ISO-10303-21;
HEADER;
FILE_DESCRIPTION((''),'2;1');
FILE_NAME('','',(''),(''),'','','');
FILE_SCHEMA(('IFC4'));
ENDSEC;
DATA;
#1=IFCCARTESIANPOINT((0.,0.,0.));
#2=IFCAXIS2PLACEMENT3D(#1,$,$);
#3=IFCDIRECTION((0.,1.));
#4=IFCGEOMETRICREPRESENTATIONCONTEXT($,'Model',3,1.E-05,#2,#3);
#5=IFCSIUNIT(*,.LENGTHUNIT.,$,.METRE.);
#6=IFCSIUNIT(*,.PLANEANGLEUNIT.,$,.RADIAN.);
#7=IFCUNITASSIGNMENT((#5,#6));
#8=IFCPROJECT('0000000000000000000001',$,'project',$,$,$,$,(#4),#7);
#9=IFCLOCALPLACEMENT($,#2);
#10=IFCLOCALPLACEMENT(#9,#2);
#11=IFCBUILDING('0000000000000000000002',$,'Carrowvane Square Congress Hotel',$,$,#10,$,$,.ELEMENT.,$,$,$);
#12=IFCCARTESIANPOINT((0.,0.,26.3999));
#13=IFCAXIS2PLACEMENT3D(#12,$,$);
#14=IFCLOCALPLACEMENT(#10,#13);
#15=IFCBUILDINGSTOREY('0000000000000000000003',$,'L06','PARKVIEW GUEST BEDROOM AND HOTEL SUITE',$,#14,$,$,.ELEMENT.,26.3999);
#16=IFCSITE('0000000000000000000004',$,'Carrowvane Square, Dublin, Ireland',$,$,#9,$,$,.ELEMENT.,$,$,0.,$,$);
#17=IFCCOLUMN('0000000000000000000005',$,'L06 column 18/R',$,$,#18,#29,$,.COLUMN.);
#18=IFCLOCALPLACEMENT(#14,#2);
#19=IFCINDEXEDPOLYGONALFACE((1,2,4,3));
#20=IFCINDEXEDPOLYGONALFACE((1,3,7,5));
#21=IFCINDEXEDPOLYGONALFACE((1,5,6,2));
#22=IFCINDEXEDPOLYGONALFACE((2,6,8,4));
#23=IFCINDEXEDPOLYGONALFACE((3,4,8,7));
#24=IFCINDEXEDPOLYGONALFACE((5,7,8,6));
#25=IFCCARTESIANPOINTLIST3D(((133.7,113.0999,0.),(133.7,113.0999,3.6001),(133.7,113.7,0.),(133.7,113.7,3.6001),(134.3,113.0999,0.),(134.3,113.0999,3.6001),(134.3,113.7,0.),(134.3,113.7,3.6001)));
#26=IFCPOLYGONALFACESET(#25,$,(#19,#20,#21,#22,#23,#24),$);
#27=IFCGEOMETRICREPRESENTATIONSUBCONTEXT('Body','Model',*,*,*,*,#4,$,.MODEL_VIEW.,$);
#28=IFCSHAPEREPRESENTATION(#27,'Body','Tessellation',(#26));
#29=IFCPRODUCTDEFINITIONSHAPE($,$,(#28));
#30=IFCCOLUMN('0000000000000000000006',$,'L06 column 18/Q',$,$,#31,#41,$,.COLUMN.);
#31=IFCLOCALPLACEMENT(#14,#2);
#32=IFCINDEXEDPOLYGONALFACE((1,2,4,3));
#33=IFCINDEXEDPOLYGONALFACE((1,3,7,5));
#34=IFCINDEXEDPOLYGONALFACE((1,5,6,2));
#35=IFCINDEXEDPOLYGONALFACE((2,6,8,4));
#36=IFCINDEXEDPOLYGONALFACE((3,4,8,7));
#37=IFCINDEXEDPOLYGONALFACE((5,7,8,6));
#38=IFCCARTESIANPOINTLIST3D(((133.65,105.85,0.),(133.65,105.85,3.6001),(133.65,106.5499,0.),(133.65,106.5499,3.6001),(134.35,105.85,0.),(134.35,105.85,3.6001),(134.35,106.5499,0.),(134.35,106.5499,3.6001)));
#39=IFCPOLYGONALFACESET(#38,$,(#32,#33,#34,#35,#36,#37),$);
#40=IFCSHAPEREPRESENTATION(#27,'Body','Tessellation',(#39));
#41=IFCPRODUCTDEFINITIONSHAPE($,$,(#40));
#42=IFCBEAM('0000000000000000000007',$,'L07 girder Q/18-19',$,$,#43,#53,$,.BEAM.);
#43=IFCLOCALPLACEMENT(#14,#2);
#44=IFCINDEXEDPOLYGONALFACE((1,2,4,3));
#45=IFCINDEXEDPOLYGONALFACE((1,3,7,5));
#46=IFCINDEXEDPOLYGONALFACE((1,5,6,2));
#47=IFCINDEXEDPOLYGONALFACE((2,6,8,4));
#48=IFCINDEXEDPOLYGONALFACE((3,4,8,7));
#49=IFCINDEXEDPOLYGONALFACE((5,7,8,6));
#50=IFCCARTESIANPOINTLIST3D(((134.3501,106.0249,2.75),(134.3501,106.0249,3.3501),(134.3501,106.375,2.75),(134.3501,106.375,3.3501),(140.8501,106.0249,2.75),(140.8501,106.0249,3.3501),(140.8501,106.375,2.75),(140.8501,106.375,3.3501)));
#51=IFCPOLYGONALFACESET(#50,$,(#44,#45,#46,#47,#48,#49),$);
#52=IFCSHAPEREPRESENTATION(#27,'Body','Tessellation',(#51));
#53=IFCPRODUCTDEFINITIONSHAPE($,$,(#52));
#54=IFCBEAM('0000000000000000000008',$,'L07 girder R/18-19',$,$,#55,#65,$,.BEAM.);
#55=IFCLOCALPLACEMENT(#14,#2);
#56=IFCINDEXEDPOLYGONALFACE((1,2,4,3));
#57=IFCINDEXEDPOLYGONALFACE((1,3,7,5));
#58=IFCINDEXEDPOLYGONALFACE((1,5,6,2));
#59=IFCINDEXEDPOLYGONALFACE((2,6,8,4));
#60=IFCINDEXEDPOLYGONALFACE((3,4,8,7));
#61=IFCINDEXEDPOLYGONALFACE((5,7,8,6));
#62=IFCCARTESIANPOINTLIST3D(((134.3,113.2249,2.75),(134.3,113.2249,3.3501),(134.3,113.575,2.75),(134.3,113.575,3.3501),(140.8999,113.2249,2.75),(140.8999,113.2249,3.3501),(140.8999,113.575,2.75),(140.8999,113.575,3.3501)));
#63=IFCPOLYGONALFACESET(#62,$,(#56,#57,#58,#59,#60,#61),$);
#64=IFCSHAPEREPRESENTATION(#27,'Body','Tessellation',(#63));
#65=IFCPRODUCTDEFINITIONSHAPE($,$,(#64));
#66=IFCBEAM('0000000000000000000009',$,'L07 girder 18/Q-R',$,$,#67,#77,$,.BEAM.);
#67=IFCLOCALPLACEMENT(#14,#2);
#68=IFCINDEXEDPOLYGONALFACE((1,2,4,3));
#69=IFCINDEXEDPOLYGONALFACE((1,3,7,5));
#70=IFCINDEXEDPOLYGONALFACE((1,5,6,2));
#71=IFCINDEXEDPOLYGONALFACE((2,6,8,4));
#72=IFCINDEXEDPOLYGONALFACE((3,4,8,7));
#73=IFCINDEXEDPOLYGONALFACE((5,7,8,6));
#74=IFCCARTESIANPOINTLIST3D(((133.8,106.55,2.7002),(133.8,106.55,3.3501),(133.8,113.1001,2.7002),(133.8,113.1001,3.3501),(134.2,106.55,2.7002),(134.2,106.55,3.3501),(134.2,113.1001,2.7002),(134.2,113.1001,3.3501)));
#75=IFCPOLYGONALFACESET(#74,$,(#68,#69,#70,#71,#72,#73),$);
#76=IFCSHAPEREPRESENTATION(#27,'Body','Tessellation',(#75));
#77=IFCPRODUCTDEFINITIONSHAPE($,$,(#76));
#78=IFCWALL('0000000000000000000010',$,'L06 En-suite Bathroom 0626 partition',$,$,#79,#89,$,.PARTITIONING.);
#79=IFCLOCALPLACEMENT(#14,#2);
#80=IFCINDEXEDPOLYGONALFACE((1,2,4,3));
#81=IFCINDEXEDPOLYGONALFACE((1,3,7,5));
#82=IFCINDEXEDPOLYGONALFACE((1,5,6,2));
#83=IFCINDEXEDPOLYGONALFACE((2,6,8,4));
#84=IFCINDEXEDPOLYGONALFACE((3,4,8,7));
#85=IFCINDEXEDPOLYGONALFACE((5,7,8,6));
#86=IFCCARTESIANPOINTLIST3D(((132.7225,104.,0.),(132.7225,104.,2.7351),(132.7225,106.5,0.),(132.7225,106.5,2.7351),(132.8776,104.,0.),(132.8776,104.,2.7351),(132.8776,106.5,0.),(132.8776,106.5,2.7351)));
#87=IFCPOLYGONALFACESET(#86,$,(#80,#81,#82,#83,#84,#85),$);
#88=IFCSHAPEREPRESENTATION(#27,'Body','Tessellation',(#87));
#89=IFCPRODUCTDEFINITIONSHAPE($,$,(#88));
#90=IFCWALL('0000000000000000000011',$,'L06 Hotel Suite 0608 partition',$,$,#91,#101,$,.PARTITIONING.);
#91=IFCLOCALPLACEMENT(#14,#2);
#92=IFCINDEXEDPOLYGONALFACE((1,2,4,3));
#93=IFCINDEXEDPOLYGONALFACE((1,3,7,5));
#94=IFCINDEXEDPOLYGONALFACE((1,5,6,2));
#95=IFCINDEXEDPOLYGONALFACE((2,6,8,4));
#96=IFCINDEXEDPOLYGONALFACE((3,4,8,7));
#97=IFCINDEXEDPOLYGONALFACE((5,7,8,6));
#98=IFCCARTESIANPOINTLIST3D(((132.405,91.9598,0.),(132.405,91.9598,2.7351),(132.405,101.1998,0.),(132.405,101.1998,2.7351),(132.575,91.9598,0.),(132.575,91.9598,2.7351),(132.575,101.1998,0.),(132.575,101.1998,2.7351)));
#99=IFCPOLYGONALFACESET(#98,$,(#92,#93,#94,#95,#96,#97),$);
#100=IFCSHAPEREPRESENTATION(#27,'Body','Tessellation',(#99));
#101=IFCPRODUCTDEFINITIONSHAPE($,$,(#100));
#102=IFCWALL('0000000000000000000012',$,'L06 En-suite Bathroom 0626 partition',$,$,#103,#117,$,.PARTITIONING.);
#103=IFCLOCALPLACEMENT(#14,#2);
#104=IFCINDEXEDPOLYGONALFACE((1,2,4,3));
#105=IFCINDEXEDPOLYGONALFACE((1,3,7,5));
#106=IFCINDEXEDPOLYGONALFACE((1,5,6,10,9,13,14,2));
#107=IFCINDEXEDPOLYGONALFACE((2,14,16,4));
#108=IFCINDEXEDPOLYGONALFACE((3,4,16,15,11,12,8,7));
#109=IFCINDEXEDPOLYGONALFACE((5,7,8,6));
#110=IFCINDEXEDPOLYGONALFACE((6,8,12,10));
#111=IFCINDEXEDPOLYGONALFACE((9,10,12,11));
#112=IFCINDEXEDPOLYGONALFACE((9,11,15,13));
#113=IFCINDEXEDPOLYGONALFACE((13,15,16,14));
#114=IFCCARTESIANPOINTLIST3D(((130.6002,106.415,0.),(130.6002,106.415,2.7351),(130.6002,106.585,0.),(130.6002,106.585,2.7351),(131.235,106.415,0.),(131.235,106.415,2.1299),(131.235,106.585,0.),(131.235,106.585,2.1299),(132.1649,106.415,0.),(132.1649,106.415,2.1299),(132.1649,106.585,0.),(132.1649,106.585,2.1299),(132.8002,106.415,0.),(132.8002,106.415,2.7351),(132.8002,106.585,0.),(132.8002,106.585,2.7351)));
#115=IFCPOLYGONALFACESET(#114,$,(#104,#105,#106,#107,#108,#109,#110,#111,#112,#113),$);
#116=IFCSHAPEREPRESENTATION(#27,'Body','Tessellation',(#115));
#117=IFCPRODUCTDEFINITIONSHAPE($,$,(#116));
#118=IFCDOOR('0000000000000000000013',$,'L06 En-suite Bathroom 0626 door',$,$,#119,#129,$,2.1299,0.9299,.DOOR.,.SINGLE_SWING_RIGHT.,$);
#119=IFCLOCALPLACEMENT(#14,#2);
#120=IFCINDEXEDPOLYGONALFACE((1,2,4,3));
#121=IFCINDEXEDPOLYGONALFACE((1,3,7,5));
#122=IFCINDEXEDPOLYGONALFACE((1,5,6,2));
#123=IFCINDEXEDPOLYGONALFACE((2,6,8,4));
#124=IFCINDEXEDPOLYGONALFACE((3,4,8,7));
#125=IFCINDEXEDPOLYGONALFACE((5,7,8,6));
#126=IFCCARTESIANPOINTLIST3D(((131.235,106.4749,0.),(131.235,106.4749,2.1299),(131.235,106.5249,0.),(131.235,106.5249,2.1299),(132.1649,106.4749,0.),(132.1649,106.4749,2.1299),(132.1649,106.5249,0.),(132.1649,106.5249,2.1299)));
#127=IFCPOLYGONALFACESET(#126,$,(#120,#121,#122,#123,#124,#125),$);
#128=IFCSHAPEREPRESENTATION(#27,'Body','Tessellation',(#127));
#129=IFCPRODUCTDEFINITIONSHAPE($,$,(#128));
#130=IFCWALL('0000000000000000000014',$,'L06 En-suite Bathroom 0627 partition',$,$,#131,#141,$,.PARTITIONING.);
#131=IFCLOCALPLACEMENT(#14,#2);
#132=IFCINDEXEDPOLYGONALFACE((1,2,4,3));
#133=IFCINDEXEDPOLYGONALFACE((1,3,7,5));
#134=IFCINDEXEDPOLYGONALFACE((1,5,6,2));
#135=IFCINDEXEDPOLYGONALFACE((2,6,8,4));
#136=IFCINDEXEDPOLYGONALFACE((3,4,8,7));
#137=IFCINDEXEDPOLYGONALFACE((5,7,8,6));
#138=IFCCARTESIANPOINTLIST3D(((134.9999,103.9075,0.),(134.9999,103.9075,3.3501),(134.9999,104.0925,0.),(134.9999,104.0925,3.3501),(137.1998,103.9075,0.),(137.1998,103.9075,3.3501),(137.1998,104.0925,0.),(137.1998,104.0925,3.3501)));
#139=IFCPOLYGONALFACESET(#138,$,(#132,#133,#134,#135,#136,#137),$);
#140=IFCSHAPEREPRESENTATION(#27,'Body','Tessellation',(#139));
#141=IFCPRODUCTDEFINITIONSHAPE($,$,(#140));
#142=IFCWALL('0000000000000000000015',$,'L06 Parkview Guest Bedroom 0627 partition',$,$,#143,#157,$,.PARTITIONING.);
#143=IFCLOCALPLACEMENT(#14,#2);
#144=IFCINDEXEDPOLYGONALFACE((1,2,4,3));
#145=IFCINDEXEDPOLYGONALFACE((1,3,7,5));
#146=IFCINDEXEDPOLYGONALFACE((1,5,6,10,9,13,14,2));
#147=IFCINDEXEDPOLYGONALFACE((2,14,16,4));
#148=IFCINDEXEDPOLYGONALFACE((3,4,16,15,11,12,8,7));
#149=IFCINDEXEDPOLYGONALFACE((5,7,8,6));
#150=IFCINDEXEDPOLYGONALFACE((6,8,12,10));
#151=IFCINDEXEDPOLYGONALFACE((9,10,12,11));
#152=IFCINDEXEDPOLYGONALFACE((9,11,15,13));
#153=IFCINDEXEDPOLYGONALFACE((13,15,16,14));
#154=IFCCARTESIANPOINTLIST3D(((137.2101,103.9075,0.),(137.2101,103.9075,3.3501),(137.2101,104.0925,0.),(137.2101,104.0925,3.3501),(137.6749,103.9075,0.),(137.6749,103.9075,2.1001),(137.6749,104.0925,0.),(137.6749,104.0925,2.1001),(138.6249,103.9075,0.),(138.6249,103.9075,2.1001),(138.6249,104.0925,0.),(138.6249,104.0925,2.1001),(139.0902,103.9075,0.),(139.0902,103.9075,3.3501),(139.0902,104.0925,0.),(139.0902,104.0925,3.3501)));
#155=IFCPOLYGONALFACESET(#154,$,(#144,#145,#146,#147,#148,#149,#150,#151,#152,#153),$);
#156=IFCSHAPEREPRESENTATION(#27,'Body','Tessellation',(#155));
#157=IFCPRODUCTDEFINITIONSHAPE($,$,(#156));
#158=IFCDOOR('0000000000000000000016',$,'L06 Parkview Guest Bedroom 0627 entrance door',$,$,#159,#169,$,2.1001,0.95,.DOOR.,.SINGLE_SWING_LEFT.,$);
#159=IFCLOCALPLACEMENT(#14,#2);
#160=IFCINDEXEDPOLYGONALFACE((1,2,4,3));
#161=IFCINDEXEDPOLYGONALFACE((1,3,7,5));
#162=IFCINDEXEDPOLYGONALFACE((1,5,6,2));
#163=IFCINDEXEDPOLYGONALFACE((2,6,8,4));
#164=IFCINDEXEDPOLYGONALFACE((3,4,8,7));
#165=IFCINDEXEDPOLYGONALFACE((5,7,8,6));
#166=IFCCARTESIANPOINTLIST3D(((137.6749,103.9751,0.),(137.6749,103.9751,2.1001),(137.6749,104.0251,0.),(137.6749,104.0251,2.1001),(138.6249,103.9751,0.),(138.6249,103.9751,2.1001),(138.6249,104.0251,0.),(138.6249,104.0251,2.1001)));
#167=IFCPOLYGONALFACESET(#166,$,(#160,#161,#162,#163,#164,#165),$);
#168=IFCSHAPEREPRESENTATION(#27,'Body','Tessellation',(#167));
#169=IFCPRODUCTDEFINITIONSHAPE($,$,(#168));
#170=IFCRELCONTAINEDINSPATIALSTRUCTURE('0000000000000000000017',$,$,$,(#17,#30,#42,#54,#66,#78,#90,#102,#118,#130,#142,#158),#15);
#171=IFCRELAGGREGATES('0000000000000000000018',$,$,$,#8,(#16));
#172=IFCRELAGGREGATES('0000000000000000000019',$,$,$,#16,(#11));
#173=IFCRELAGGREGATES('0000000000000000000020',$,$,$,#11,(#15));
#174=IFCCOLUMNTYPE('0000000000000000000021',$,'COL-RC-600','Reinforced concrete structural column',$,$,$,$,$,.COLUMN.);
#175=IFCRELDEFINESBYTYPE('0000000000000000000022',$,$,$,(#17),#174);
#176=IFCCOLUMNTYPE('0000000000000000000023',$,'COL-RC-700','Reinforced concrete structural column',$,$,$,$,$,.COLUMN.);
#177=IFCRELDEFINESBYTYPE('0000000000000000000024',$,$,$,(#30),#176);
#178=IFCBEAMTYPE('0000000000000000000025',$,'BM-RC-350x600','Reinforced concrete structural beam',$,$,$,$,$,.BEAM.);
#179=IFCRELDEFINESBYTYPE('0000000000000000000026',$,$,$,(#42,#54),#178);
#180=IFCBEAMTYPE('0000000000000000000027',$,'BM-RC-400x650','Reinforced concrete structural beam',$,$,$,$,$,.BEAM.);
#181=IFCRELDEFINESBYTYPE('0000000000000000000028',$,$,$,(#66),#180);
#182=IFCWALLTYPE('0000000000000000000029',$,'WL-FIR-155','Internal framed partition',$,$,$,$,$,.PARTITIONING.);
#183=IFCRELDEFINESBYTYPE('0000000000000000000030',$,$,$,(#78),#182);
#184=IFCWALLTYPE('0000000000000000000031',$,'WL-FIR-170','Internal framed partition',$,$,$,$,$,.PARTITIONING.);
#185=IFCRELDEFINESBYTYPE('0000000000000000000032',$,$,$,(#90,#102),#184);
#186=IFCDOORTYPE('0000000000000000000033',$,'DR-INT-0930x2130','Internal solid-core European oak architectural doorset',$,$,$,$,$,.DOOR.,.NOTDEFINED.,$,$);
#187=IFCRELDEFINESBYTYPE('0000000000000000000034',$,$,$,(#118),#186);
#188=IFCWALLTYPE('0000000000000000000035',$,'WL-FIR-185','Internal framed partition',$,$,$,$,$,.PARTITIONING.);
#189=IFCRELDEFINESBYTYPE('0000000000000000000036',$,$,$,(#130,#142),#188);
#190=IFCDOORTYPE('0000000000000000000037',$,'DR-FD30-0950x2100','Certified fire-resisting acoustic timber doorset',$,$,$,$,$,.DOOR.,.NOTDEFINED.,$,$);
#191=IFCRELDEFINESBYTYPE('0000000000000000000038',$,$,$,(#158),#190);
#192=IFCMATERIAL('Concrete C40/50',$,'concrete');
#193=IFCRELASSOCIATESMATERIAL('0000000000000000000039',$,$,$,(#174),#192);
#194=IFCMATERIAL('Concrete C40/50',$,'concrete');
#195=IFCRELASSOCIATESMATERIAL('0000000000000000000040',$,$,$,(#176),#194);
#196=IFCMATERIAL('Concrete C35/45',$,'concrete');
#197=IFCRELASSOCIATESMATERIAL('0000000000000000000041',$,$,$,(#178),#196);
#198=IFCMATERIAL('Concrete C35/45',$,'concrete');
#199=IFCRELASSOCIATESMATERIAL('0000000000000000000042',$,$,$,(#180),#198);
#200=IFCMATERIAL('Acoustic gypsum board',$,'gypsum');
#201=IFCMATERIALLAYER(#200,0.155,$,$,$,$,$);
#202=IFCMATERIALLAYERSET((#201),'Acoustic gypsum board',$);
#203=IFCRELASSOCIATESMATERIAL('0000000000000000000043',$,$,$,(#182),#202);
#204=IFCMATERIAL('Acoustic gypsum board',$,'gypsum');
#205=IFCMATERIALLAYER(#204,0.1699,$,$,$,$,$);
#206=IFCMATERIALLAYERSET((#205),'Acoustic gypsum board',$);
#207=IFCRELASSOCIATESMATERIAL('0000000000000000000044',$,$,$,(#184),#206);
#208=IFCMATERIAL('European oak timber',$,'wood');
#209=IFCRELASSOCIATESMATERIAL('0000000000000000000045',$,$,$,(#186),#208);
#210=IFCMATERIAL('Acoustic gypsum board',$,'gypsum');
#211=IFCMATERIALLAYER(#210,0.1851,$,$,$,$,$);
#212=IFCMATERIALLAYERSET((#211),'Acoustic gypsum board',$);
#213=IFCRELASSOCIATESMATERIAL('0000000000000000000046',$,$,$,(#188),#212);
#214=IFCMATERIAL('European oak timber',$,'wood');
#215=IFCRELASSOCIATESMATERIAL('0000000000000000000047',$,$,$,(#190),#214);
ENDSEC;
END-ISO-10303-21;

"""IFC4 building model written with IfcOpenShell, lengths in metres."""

from ifc_helpers import new_model, si_unit, direction, frame, frame_2d, origin, origin_2d, place, context, subcontext, project, spatial, rectangle, extrude, material, layer, layer_set, material_profile, profile_set, type_object, element, fill, save


model = new_model("IFC4")

# Units and contexts
model_context = context("Model", 3, precision=1e-05, world=origin(), true_north=direction((0.0, 1.0)))
body_context = subcontext(model_context, "Body", "Model", "MODEL_VIEW")
ifc_project = project(units=[si_unit("LENGTHUNIT", "METRE"), si_unit("PLANEANGLEUNIT", "RADIAN")], contexts=[model_context])

# Site, building, storey
site_placement = place(None, origin())
site = spatial("IfcSite", under=ifc_project, at=site_placement, Name="Carrowvane Square, Dublin, Ireland", CompositionType="ELEMENT", RefElevation=0.0)
building_placement = place(site_placement, origin())
building = spatial("IfcBuilding", under=site, at=building_placement, Name="Carrowvane Square Congress Hotel", CompositionType="ELEMENT")
storey_placement = place(building_placement, frame((0.0, 0.0, 26.3999)))
storey = spatial("IfcBuildingStorey", under=building, at=storey_placement, Name="L06", Description="PARKVIEW GUEST BEDROOM AND HOTEL SUITE", CompositionType="ELEMENT", Elevation=26.3999)

# Columns
ifc_material_1 = material(Name="Concrete C40/50", Category="concrete")
ifc_material_profile_1 = material_profile(ifc_material_1, rectangle(XDim=0.6001, YDim=0.6001, at=origin_2d()), Name="RC 600x600")
ifc_profile_set_1 = profile_set([ifc_material_profile_1], Name="Concrete C40/50")
column_type_1 = type_object("IfcColumnType", Name="COL-RC-600", Description="Reinforced concrete structural column", PredefinedType="COLUMN", material=ifc_profile_set_1)
column_1_placement = place(storey_placement, frame((134.0, 113.3999, 0.0), z_axis=(0.0, 0.0, 1.0), x_axis=(1.0, 0.0, 0.0)))
element("IfcColumn", 1, at=column_1_placement, inside=storey, type_object=column_type_1, Name="L06 column 18/R", PredefinedType="COLUMN", context=body_context, shape_type="SweptSolid", body=[
    extrude(rectangle(XDim=0.6001, YDim=0.6001, at=origin_2d()), origin(), (0.0, 0.0, 1.0), 3.6001),
])
ifc_material_2 = material(Name="Concrete C40/50", Category="concrete")
ifc_material_profile_2 = material_profile(ifc_material_2, rectangle(XDim=0.7, YDim=0.7, at=origin_2d()), Name="RC 700x700")
ifc_profile_set_2 = profile_set([ifc_material_profile_2], Name="Concrete C40/50")
column_type_2 = type_object("IfcColumnType", Name="COL-RC-700", Description="Reinforced concrete structural column", PredefinedType="COLUMN", material=ifc_profile_set_2)
column_2_placement = place(storey_placement, frame((134.0, 106.2, 0.0), z_axis=(0.0, 0.0, 1.0), x_axis=(1.0, 0.0, 0.0)))
element("IfcColumn", 2, at=column_2_placement, inside=storey, type_object=column_type_2, Name="L06 column 18/Q", PredefinedType="COLUMN", context=body_context, shape_type="SweptSolid", body=[
    extrude(rectangle(XDim=0.7, YDim=0.7, at=origin_2d()), origin(), (0.0, 0.0, 1.0), 3.6001),
])

# Beams
ifc_material_3 = material(Name="Concrete C35/45", Category="concrete")
ifc_material_profile_3 = material_profile(ifc_material_3, rectangle(XDim=0.3501, YDim=0.6001, at=origin_2d()), Name="RC 350x600")
ifc_profile_set_3 = profile_set([ifc_material_profile_3], Name="Concrete C35/45")
beam_type_1 = type_object("IfcBeamType", Name="BM-RC-350x600", Description="Reinforced concrete structural beam", PredefinedType="BEAM", material=ifc_profile_set_3)
beam_1_placement = place(storey_placement, frame((134.3501, 106.2, 3.05), z_axis=(1.0, 0.0, 0.0), x_axis=(0.0, 1.0, 0.0)))
element("IfcBeam", 3, at=beam_1_placement, inside=storey, type_object=beam_type_1, Name="L07 girder Q/18-19", PredefinedType="BEAM", context=body_context, shape_type="SweptSolid", body=[
    extrude(rectangle(XDim=0.3501, YDim=0.6001, at=origin_2d()), origin(), (0.0, 0.0, 1.0), 6.5),
])
beam_2_placement = place(storey_placement, frame((134.3, 113.3999, 3.05), z_axis=(1.0, 0.0, 0.0), x_axis=(0.0, 1.0, 0.0)))
element("IfcBeam", 4, at=beam_2_placement, inside=storey, type_object=beam_type_1, Name="L07 girder R/18-19", PredefinedType="BEAM", context=body_context, shape_type="SweptSolid", body=[
    extrude(rectangle(XDim=0.3501, YDim=0.6001, at=origin_2d()), origin(), (0.0, 0.0, 1.0), 6.5999),
])
ifc_material_4 = material(Name="Concrete C35/45", Category="concrete")
ifc_material_profile_4 = material_profile(ifc_material_4, rectangle(XDim=0.3999, YDim=0.6499, at=origin_2d()), Name="RC 400x650")
ifc_profile_set_4 = profile_set([ifc_material_profile_4], Name="Concrete C35/45")
beam_type_2 = type_object("IfcBeamType", Name="BM-RC-400x650", Description="Reinforced concrete structural beam", PredefinedType="BEAM", material=ifc_profile_set_4)
beam_3_placement = place(storey_placement, frame((134.0, 106.55, 3.0251), z_axis=(0.0, 1.0, 0.0), x_axis=(-1.0, 0.0, 0.0)))
element("IfcBeam", 5, at=beam_3_placement, inside=storey, type_object=beam_type_2, Name="L07 girder 18/Q-R", PredefinedType="BEAM", context=body_context, shape_type="SweptSolid", body=[
    extrude(rectangle(XDim=0.3999, YDim=0.6499, at=origin_2d()), origin(), (0.0, 0.0, 1.0), 6.55),
])

# Shared definitions
ifc_material_5 = material(Name="Acoustic gypsum board", Category="gypsum")
ifc_layer_1 = layer(ifc_material_5, 0.155)
ifc_layer_set_1 = layer_set([ifc_layer_1], Name="Acoustic gypsum board")
wall_type_1 = type_object("IfcWallType", Name="WL-FIR-155", Description="Internal framed partition", PredefinedType="PARTITIONING", material=ifc_layer_set_1)

# Walls
wall_1_placement = place(storey_placement, frame((132.8, 106.5, 0.0), z_axis=(0.0, 0.0, 1.0), x_axis=(0.0, -1.0, 0.0)))
element("IfcWall", 6, at=wall_1_placement, inside=storey, type_object=wall_type_1, Name="L06 En-suite Bathroom 0626 partition", PredefinedType="PARTITIONING", context=body_context, shape_type="SweptSolid", body=[
    extrude(rectangle(XDim=2.5, YDim=0.155, at=frame_2d((1.25, 0.0))), origin(), (0.0, 0.0, 1.0), 2.7351),
])
ifc_material_6 = material(Name="Acoustic gypsum board", Category="gypsum")
ifc_layer_2 = layer(ifc_material_6, 0.1699)
ifc_layer_set_2 = layer_set([ifc_layer_2], Name="Acoustic gypsum board")
wall_type_2 = type_object("IfcWallType", Name="WL-FIR-170", Description="Internal framed partition", PredefinedType="PARTITIONING", material=ifc_layer_set_2)
wall_2_placement = place(storey_placement, frame((132.49, 101.2, 0.0), z_axis=(0.0, 0.0, 1.0), x_axis=(0.0, -1.0, 0.0)))
element("IfcWall", 7, at=wall_2_placement, inside=storey, type_object=wall_type_2, Name="L06 Hotel Suite 0608 partition", PredefinedType="PARTITIONING", context=body_context, shape_type="SweptSolid", body=[
    extrude(rectangle(XDim=9.24, YDim=0.1699, at=frame_2d((4.6201, 0.0))), origin(), (0.0, 0.0, 1.0), 2.7351),
])

# Wall, opening, door
wall_3_placement = place(storey_placement, frame((130.6001, 106.5, 0.0), z_axis=(0.0, 0.0, 1.0), x_axis=(1.0, 0.0, 0.0)))
wall_3 = element("IfcWall", 8, at=wall_3_placement, inside=storey, type_object=wall_type_2, Name="L06 En-suite Bathroom 0626 partition", PredefinedType="PARTITIONING", context=body_context, shape_type="SweptSolid", body=[
    extrude(rectangle(XDim=2.2, YDim=0.1699, at=frame_2d((1.1001, 0.0))), origin(), (0.0, 0.0, 1.0), 2.7351),
])
opening_1_placement = place(wall_3_placement, frame((0.635, 0.0, 0.0)))
opening_1 = element("IfcOpeningElement", 9, at=opening_1_placement, cuts=wall_3, PredefinedType="OPENING", context=body_context, shape_type="SweptSolid", body=[
    extrude(rectangle(XDim=0.9299, YDim=2.1299, at=frame_2d((0.4648, 1.0649))), frame((0.0, 0.095, 0.0), z_axis=(0.0, -1.0, 0.0), x_axis=(1.0, 0.0, 0.0)), (0.0, 0.0, 1.0), 0.1899),
])
ifc_material_7 = material(Name="European oak timber", Category="wood")
door_type_1 = type_object("IfcDoorType", Name="DR-INT-0930x2130", Description="Internal solid-core European oak architectural doorset", OperationType="NOTDEFINED", PredefinedType="DOOR", material=ifc_material_7)
door_1_placement = place(opening_1_placement, origin())
door_1 = element("IfcDoor", 10, at=door_1_placement, inside=storey, type_object=door_type_1, Name="L06 En-suite Bathroom 0626 door", OperationType="SINGLE_SWING_RIGHT", OverallHeight=2.1299, OverallWidth=0.9299, PredefinedType="DOOR", context=body_context, shape_type="SweptSolid", body=[
    extrude(rectangle(XDim=0.9299, YDim=2.1299, at=frame_2d((0.4648, 1.0649))), frame((0.0, 0.0249, 0.0), z_axis=(0.0, -1.0, 0.0), x_axis=(1.0, 0.0, 0.0)), (0.0, 0.0, 1.0), 0.05),
])
fill(opening_1, door_1)

# Wall
ifc_material_8 = material(Name="Acoustic gypsum board", Category="gypsum")
ifc_layer_3 = layer(ifc_material_8, 0.1851)
ifc_layer_set_3 = layer_set([ifc_layer_3], Name="Acoustic gypsum board")
wall_type_3 = type_object("IfcWallType", Name="WL-FIR-185", Description="Internal framed partition", PredefinedType="PARTITIONING", material=ifc_layer_set_3)
wall_4_placement = place(storey_placement, frame((137.2, 104.0, 0.0), z_axis=(0.0, 0.0, 1.0), x_axis=(-1.0, 0.0, 0.0)))
element("IfcWall", 11, at=wall_4_placement, inside=storey, type_object=wall_type_3, Name="L06 En-suite Bathroom 0627 partition", PredefinedType="PARTITIONING", context=body_context, shape_type="SweptSolid", body=[
    extrude(rectangle(XDim=2.2, YDim=0.1851, at=frame_2d((1.1001, 0.0))), origin(), (0.0, 0.0, 1.0), 3.3501),
])

# Wall, opening, door
wall_5_placement = place(storey_placement, frame((139.0901, 104.0, 0.0), z_axis=(0.0, 0.0, 1.0), x_axis=(-1.0, 0.0, 0.0)))
wall_5 = element("IfcWall", 12, at=wall_5_placement, inside=storey, type_object=wall_type_3, Name="L06 Parkview Guest Bedroom 0627 partition", PredefinedType="PARTITIONING", context=body_context, shape_type="SweptSolid", body=[
    extrude(rectangle(XDim=1.8801, YDim=0.1851, at=frame_2d((0.9399, 0.0))), origin(), (0.0, 0.0, 1.0), 3.3501),
])
opening_2_placement = place(wall_5_placement, frame((0.4651, 0.0, 0.0)))
opening_2 = element("IfcOpeningElement", 13, at=opening_2_placement, cuts=wall_5, PredefinedType="OPENING", context=body_context, shape_type="SweptSolid", body=[
    extrude(rectangle(XDim=0.95, YDim=2.1001, at=frame_2d((0.4751, 1.05))), frame((0.0, 0.1025, 0.0), z_axis=(0.0, -1.0, 0.0), x_axis=(1.0, 0.0, 0.0)), (0.0, 0.0, 1.0), 0.2051),
])
ifc_material_9 = material(Name="European oak timber", Category="wood")
door_type_2 = type_object("IfcDoorType", Name="DR-FD30-0950x2100", Description="Certified fire-resisting acoustic timber doorset", OperationType="NOTDEFINED", PredefinedType="DOOR", material=ifc_material_9)
door_2_placement = place(opening_2_placement, origin())
door_2 = element("IfcDoor", 14, at=door_2_placement, inside=storey, type_object=door_type_2, Name="L06 Parkview Guest Bedroom 0627 entrance door", OperationType="SINGLE_SWING_LEFT", OverallHeight=2.1001, OverallWidth=0.95, PredefinedType="DOOR", context=body_context, shape_type="SweptSolid", body=[
    extrude(rectangle(XDim=0.95, YDim=2.1001, at=frame_2d((0.4751, 1.05))), frame((0.0, 0.0249, 0.0), z_axis=(0.0, -1.0, 0.0), x_axis=(1.0, 0.0, 0.0)), (0.0, 0.0, 1.0), 0.05),
])
fill(opening_2, door_2)

save(model, "model.ifc")
